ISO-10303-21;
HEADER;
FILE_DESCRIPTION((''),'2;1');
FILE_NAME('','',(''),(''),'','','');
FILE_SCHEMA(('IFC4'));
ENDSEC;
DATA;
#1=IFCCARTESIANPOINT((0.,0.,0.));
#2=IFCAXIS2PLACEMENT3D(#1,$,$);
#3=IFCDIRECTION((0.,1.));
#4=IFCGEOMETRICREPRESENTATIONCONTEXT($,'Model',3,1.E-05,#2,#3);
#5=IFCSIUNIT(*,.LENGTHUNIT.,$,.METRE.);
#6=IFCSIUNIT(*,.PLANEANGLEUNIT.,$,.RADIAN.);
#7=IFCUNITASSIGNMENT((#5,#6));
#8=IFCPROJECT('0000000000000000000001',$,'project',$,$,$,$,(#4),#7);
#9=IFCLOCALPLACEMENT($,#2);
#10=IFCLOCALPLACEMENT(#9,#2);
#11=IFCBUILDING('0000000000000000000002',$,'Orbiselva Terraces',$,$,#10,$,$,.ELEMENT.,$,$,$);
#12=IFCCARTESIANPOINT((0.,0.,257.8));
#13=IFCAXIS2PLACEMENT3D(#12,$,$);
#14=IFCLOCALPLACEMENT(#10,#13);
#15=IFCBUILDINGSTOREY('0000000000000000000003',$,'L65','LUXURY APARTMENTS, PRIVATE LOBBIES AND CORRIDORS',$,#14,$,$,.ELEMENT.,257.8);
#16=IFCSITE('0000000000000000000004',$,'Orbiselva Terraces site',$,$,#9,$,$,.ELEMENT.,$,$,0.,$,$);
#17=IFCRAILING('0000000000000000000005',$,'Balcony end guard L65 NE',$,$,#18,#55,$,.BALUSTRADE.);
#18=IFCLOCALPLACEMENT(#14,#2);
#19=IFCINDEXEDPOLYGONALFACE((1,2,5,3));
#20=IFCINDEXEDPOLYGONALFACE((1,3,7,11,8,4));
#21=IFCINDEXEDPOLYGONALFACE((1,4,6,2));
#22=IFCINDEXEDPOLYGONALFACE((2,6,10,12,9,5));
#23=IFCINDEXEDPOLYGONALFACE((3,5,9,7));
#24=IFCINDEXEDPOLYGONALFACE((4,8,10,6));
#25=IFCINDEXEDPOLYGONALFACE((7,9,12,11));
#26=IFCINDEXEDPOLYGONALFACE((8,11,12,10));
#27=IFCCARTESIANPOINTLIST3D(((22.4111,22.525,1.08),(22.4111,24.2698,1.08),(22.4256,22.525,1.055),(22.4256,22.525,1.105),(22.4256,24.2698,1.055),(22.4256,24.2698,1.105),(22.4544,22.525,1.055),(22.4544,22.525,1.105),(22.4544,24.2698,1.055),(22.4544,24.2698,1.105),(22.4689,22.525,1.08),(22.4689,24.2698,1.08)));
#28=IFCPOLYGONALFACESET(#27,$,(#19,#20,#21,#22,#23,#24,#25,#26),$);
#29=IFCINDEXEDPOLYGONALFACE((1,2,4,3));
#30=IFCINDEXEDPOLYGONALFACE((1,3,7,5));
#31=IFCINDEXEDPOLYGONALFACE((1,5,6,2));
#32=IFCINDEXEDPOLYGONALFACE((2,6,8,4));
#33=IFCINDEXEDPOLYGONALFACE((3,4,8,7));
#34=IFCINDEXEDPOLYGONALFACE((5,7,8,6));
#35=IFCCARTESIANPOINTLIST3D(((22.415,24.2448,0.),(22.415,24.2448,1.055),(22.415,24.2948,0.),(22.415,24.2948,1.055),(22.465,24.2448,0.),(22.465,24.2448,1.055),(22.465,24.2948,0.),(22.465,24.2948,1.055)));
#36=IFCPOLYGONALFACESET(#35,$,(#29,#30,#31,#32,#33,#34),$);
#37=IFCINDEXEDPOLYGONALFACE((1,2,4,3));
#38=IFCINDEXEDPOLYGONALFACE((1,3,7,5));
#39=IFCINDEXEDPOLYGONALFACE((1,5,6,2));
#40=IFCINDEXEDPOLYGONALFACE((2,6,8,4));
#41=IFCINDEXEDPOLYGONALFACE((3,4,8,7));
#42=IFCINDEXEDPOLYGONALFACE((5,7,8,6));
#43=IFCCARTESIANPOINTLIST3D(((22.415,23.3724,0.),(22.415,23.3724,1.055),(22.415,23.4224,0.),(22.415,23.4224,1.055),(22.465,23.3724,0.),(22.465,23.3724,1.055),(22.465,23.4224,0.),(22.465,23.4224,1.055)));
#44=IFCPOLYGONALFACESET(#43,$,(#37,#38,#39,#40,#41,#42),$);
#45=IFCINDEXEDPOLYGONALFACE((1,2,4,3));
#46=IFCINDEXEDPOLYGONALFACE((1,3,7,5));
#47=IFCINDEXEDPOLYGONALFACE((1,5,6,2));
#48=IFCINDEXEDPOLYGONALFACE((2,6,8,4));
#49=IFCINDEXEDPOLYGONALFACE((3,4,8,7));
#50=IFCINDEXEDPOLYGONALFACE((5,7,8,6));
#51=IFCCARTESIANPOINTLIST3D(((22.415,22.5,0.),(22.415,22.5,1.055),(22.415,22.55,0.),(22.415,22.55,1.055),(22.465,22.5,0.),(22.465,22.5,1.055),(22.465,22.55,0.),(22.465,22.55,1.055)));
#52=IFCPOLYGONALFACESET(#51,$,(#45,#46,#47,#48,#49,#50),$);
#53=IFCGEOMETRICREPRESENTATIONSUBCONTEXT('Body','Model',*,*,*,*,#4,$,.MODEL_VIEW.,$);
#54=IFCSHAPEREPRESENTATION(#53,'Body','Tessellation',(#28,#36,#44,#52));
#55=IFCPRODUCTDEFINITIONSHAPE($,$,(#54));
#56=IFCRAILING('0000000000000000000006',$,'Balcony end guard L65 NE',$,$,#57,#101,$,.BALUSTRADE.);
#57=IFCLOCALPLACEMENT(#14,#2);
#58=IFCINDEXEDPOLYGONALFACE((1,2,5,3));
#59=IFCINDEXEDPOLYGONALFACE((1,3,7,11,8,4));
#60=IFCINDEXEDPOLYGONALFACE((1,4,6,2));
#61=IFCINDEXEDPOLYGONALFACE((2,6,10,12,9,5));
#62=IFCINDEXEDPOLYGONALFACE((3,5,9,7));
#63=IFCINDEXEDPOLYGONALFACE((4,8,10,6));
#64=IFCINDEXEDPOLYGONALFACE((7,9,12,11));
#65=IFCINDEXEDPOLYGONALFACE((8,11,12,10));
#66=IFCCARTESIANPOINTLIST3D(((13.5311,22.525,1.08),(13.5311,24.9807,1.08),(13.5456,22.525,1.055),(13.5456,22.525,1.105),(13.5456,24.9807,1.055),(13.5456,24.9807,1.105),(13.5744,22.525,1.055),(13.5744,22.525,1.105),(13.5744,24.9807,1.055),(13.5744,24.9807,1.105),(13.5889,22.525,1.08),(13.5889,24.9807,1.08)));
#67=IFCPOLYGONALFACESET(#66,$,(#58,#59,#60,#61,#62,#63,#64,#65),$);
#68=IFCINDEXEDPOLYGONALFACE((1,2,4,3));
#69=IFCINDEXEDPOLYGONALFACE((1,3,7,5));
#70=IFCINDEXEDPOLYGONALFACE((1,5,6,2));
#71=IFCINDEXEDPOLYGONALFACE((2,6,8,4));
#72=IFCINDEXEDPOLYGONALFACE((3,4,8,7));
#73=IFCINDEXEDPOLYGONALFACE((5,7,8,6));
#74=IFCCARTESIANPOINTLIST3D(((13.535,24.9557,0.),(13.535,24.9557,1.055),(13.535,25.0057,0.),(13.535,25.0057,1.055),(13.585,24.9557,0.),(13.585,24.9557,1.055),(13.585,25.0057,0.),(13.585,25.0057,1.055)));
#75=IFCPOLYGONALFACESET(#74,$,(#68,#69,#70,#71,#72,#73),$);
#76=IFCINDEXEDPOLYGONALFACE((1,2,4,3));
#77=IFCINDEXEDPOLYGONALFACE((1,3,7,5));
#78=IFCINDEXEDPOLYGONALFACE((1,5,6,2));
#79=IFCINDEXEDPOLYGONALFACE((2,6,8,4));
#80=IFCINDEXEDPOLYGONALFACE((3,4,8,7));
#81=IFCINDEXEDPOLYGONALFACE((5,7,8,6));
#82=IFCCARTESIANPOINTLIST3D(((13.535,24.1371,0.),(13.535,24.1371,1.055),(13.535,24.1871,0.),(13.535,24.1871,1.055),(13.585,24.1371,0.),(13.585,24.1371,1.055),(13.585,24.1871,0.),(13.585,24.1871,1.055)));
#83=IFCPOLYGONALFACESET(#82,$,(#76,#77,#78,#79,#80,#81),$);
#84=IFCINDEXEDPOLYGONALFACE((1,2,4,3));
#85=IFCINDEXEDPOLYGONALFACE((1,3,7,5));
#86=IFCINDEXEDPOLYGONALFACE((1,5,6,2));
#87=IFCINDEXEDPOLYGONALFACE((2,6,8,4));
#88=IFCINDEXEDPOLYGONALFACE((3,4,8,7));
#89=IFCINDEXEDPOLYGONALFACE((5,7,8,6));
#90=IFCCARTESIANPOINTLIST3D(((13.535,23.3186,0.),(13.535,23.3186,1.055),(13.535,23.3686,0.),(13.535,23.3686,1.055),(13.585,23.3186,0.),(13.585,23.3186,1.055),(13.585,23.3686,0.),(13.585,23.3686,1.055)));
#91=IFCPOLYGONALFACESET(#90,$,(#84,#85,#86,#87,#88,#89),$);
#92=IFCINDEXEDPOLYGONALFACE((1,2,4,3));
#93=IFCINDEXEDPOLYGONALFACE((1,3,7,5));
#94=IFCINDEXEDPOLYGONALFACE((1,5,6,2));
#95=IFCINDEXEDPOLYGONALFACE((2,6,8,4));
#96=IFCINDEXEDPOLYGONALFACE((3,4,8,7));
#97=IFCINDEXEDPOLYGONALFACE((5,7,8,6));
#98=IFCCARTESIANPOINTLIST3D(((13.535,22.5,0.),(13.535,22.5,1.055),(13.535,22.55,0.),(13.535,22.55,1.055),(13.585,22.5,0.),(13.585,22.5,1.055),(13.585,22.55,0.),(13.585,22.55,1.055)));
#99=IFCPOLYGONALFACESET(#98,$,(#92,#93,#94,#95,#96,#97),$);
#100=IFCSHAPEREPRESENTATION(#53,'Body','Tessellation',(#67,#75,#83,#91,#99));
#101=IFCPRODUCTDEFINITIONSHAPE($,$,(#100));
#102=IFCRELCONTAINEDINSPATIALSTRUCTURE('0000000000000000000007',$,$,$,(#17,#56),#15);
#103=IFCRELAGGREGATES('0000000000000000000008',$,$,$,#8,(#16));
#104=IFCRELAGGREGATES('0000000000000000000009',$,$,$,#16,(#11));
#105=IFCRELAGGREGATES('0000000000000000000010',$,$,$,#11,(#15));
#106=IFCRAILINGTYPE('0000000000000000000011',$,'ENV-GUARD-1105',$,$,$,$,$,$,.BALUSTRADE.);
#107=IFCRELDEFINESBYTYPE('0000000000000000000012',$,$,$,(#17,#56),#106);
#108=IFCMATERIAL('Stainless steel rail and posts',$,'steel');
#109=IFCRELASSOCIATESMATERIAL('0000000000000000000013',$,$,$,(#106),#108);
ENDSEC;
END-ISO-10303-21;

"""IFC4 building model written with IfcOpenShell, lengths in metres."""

from ifc_helpers import new_model, si_unit, direction, frame, origin, origin_2d, place, context, subcontext, project, spatial, polyline, rectangle, outline, extrude, material, type_object, element, save


model = new_model("IFC4")

# Units and contexts
model_context = context("Model", 3, precision=1e-05, world=origin(), true_north=direction((0.0, 1.0)))
body_context = subcontext(model_context, "Body", "Model", "MODEL_VIEW")
ifc_project = project(units=[si_unit("LENGTHUNIT", "METRE"), si_unit("PLANEANGLEUNIT", "RADIAN")], contexts=[model_context])

# Site, building, storey
site_placement = place(None, origin())
site = spatial("IfcSite", under=ifc_project, at=site_placement, Name="Orbiselva Terraces site", CompositionType="ELEMENT", RefElevation=0.0)
building_placement = place(site_placement, origin())
building = spatial("IfcBuilding", under=site, at=building_placement, Name="Orbiselva Terraces", CompositionType="ELEMENT")
storey_placement = place(building_placement, frame((0.0, 0.0, 257.8)))
storey = spatial("IfcBuildingStorey", under=building, at=storey_placement, Name="L65", Description="LUXURY APARTMENTS, PRIVATE LOBBIES AND CORRIDORS", CompositionType="ELEMENT", Elevation=257.8)

# Railings
ifc_material_1 = material(Name="Stainless steel rail and posts", Category="steel")
railing_type_1 = type_object("IfcRailingType", Name="ENV-GUARD-1105", PredefinedType="BALUSTRADE", material=ifc_material_1)
railing_1_placement = place(storey_placement, frame((22.44, 24.2698, 0.0)))
element("IfcRailing", 1, at=railing_1_placement, inside=storey, type_object=railing_type_1, Name="Balcony end guard L65 NE", PredefinedType="BALUSTRADE", context=body_context, shape_type="SweptSolid", body=[
    extrude(outline(polyline([(0.0289, 0.0), (0.0144, 0.025), (-0.0144, 0.025), (-0.0289, 0.0), (-0.0144, -0.025), (0.0144, -0.025), (0.0289, 0.0)])), frame((0.0, 0.0, 1.08), z_axis=(0.0, -1.0, 0.0), x_axis=(1.0, 0.0, 0.0)), (0.0, 0.0, 1.0), 1.7448),
    extrude(rectangle(XDim=0.05, YDim=0.05, at=origin_2d()), origin(), (0.0, 0.0, 1.0), 1.055),
    extrude(rectangle(XDim=0.05, YDim=0.05, at=origin_2d()), frame((0.0, -0.8724, 0.0)), (0.0, 0.0, 1.0), 1.055),
    extrude(rectangle(XDim=0.05, YDim=0.05, at=origin_2d()), frame((0.0, -1.7448, 0.0)), (0.0, 0.0, 1.0), 1.055),
])
railing_2_placement = place(storey_placement, frame((13.56, 24.9807, 0.0)))
element("IfcRailing", 2, at=railing_2_placement, inside=storey, type_object=railing_type_1, Name="Balcony end guard L65 NE", PredefinedType="BALUSTRADE", context=body_context, shape_type="SweptSolid", body=[
    extrude(outline(polyline([(0.0289, 0.0), (0.0144, 0.025), (-0.0144, 0.025), (-0.0289, 0.0), (-0.0144, -0.025), (0.0144, -0.025), (0.0289, 0.0)])), frame((0.0, 0.0, 1.08), z_axis=(0.0, -1.0, 0.0), x_axis=(1.0, 0.0, 0.0)), (0.0, 0.0, 1.0), 2.4557),
    extrude(rectangle(XDim=0.05, YDim=0.05, at=origin_2d()), origin(), (0.0, 0.0, 1.0), 1.055),
    extrude(rectangle(XDim=0.05, YDim=0.05, at=origin_2d()), frame((0.0, -0.8186, 0.0)), (0.0, 0.0, 1.0), 1.055),
    extrude(rectangle(XDim=0.05, YDim=0.05, at=origin_2d()), frame((0.0, -1.6371, 0.0)), (0.0, 0.0, 1.0), 1.055),
    extrude(rectangle(XDim=0.05, YDim=0.05, at=origin_2d()), frame((0.0, -2.4557, 0.0)), (0.0, 0.0, 1.0), 1.055),
])

save(model, "model.ifc")
